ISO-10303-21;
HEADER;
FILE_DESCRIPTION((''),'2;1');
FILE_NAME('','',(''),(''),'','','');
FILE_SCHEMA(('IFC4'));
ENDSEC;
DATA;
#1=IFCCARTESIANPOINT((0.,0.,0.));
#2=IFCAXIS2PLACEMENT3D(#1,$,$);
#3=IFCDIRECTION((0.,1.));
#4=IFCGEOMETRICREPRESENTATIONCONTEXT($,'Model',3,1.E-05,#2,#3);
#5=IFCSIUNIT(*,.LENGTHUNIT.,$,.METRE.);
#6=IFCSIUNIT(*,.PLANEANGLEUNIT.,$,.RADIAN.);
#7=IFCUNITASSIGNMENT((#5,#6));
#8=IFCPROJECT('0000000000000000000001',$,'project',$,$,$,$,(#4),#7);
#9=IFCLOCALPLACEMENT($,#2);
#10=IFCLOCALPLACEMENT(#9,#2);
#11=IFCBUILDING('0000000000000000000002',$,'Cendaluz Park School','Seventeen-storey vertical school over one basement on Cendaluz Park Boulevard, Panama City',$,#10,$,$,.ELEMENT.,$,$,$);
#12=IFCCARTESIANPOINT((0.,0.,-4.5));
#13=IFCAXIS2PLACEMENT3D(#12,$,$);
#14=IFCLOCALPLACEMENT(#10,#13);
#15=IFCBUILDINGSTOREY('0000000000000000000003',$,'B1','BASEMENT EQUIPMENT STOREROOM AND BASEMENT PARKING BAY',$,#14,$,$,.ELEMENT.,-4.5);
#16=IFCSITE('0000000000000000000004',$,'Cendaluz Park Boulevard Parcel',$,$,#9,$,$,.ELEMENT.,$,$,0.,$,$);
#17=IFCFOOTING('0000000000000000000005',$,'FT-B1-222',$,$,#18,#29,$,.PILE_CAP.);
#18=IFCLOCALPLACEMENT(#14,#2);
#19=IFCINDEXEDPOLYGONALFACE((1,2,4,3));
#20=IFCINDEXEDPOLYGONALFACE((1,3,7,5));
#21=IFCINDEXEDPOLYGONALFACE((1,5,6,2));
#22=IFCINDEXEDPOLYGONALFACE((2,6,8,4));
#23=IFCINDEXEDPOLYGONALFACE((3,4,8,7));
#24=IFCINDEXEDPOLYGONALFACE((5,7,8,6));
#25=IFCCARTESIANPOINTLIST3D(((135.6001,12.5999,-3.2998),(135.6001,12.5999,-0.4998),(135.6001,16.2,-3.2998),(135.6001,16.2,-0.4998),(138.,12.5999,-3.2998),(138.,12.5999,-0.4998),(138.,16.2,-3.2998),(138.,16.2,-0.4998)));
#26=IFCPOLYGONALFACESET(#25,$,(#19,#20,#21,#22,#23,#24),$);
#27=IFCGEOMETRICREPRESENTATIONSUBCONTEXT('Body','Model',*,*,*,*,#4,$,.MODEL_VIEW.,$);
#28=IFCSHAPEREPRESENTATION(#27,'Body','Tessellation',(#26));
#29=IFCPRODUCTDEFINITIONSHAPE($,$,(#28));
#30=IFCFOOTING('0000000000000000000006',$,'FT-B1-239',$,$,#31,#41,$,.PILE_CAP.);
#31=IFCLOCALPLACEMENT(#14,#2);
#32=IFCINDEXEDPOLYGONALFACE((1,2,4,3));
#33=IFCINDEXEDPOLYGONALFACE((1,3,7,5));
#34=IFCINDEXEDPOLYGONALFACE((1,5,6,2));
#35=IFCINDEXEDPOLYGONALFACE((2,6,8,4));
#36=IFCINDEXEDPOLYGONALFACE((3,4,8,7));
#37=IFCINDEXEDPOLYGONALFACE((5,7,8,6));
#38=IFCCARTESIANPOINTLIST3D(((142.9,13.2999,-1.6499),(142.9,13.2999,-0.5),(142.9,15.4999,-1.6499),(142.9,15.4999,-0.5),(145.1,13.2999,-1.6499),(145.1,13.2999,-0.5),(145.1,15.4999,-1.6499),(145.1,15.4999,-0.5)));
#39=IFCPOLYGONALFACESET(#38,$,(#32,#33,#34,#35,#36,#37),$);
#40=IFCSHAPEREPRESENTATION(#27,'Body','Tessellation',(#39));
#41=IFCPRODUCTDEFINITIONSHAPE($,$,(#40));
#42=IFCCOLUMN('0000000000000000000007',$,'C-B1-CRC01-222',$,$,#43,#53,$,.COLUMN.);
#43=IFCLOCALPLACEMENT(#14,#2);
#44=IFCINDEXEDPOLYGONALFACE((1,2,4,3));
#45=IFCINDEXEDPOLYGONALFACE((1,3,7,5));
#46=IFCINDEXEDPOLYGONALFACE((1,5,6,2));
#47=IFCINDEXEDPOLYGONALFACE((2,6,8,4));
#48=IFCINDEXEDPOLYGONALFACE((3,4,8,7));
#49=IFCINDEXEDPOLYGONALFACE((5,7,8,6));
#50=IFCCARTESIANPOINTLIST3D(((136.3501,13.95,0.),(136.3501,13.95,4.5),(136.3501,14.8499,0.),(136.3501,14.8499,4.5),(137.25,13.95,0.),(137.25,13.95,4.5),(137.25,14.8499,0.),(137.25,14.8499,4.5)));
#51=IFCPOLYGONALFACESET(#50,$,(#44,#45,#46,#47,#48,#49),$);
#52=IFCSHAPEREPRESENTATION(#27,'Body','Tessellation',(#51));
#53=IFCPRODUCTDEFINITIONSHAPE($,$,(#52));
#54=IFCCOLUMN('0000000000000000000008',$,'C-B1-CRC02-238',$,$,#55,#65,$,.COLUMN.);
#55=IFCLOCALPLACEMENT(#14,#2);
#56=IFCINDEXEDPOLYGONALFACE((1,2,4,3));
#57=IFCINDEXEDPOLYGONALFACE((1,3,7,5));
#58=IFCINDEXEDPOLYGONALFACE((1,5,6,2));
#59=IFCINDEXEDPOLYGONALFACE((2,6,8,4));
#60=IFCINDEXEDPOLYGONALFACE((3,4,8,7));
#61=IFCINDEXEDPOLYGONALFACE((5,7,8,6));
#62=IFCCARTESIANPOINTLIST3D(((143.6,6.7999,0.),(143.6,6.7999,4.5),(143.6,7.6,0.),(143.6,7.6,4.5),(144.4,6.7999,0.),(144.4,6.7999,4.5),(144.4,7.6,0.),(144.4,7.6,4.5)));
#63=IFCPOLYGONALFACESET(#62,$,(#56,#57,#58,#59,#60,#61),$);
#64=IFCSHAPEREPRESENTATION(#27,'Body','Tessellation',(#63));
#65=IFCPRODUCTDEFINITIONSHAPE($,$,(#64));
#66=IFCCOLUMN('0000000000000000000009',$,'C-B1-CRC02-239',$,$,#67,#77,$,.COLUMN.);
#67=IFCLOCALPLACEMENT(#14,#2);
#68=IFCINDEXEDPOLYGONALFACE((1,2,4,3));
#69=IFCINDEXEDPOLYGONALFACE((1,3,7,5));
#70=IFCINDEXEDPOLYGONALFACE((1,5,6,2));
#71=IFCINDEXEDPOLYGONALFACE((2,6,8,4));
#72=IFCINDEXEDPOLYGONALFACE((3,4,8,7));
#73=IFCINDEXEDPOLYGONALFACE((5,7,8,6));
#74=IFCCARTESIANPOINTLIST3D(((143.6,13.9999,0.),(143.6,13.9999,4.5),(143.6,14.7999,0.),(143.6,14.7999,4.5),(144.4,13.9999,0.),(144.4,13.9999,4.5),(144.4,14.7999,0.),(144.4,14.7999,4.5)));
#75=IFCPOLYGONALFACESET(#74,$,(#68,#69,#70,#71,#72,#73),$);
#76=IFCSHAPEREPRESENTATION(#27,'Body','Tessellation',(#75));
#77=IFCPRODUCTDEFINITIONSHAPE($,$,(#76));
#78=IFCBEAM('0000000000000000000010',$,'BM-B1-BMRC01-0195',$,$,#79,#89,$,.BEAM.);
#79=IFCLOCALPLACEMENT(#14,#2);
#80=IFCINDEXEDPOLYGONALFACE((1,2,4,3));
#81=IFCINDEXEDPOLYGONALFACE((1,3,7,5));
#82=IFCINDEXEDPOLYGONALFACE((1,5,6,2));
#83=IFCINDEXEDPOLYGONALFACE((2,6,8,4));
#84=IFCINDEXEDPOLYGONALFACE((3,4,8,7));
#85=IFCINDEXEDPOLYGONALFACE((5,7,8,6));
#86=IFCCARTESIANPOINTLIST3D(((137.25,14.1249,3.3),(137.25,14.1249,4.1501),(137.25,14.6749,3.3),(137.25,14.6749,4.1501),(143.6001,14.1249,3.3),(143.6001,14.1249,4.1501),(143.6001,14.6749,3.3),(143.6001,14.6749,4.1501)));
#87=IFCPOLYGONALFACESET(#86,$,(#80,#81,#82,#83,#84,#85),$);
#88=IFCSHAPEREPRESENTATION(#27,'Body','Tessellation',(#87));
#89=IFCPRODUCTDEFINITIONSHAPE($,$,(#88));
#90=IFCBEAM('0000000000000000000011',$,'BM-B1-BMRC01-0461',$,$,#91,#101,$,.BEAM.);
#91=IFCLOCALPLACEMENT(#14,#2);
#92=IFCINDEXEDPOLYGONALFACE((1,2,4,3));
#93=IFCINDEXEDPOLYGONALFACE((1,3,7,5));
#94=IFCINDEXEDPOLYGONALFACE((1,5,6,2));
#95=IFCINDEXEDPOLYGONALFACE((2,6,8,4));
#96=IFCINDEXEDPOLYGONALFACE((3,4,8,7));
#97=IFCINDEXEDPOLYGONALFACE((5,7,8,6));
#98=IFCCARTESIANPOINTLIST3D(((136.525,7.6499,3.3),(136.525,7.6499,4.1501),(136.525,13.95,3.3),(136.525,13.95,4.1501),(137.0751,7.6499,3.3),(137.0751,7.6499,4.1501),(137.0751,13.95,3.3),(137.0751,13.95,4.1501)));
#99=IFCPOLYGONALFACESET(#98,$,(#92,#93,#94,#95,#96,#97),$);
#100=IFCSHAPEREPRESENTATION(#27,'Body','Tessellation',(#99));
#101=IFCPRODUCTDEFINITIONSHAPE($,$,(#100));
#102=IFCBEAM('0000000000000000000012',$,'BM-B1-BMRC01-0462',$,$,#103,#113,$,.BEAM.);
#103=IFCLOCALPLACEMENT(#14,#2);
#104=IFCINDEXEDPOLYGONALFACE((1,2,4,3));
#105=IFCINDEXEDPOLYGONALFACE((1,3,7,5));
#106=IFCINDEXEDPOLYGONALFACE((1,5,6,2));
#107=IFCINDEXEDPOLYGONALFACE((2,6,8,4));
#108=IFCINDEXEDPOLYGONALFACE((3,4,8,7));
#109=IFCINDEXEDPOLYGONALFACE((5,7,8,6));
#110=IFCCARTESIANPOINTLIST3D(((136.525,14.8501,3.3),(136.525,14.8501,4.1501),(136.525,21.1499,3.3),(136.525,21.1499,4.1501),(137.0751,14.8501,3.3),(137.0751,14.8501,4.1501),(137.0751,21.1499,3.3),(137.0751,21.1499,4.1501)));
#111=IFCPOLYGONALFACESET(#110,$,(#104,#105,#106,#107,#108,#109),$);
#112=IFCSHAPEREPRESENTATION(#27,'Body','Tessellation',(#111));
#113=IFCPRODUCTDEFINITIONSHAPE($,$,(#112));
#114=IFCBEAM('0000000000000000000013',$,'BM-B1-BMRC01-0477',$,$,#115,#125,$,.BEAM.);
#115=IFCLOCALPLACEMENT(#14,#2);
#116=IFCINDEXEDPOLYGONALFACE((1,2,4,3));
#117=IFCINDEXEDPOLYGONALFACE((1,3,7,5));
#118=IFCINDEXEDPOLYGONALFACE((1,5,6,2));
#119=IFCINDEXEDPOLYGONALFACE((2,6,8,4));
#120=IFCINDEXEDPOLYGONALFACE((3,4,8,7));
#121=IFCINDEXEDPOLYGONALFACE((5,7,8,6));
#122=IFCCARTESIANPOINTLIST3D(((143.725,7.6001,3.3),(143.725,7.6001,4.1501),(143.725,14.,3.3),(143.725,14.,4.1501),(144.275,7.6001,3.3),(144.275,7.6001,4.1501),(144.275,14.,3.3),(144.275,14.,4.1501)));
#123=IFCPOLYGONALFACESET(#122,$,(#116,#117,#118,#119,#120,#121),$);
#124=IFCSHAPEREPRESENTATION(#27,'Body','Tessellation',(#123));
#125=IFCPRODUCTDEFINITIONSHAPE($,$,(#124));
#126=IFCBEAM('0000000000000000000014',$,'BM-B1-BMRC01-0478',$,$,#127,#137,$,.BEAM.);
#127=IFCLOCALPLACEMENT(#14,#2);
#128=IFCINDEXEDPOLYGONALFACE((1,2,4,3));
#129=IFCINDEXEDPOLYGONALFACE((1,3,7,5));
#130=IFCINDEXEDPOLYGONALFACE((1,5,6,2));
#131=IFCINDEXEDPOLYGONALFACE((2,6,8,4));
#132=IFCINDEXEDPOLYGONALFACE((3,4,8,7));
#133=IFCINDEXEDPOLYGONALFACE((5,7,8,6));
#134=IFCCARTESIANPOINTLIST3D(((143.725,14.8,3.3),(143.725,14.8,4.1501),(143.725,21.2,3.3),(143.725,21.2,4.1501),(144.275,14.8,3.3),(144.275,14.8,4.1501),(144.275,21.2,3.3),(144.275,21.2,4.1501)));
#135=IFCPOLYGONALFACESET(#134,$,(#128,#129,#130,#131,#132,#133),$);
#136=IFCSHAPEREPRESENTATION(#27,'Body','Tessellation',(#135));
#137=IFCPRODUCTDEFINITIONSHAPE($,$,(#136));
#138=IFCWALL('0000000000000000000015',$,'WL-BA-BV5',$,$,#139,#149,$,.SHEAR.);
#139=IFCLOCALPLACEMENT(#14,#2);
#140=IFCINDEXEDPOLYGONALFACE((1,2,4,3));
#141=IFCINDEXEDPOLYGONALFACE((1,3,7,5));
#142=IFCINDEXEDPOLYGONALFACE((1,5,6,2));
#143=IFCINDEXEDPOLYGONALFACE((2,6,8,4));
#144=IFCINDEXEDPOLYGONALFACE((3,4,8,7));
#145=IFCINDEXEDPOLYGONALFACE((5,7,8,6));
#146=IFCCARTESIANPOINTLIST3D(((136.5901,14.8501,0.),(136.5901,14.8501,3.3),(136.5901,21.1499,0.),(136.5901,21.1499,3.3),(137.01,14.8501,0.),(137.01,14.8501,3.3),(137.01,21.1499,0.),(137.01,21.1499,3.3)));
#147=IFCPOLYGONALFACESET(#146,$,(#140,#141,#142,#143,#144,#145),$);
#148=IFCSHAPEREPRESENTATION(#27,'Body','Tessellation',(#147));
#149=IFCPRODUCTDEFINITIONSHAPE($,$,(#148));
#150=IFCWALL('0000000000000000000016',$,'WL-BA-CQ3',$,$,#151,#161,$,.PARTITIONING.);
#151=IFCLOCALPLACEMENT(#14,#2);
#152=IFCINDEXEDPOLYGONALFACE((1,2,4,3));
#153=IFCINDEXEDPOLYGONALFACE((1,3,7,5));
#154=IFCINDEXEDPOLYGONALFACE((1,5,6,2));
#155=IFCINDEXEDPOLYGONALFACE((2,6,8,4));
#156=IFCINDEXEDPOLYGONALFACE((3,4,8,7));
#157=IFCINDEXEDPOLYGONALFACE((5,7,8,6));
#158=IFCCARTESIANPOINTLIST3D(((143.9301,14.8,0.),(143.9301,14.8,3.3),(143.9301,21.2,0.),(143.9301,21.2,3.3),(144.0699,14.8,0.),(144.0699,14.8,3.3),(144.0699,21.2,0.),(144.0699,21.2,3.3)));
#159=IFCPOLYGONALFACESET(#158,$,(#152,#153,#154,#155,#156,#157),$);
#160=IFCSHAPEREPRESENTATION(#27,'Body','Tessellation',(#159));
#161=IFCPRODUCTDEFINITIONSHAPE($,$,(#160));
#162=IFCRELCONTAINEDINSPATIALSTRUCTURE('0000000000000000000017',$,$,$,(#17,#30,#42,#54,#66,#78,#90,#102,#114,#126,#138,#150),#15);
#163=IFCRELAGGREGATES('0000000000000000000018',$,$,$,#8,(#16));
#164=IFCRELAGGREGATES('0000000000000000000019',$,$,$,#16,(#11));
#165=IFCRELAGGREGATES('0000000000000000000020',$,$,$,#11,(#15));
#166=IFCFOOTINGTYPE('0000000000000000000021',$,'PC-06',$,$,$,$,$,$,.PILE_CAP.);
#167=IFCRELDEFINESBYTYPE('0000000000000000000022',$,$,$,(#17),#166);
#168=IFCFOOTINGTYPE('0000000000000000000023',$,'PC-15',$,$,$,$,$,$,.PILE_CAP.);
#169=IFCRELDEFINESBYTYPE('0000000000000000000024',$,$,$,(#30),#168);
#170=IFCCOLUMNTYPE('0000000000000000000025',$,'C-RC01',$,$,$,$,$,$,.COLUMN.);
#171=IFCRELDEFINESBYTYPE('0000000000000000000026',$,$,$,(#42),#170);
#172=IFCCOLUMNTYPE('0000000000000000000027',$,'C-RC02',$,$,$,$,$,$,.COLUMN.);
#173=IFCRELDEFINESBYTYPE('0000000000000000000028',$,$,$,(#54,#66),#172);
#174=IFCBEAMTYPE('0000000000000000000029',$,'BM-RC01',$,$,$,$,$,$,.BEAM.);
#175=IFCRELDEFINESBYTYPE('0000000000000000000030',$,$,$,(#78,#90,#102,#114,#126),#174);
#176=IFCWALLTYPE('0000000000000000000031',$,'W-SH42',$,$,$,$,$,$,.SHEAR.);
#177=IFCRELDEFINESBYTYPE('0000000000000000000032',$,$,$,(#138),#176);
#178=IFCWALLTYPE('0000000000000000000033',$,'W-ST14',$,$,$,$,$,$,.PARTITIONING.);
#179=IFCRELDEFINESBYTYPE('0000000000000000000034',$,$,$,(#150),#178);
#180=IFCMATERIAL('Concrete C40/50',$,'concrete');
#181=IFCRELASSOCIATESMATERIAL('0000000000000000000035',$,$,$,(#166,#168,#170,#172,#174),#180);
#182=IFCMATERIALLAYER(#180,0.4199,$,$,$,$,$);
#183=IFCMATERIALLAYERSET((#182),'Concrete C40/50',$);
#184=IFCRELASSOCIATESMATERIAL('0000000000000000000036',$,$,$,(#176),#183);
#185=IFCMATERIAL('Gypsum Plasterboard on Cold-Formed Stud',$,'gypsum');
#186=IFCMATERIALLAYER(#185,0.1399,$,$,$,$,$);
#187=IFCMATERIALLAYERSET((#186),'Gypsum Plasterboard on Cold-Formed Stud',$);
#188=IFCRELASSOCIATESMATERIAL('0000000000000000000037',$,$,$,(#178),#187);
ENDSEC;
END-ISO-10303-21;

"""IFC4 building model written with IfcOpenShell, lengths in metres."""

from ifc_helpers import new_model, si_unit, direction, frame, frame_2d, origin, origin_2d, place, context, subcontext, project, spatial, rectangle, extrude, material, layer, layer_set, material_profile, profile_set, type_object, element, save


model = new_model("IFC4")

# Units and contexts
model_context = context("Model", 3, precision=1e-05, world=origin(), true_north=direction((0.0, 1.0)))
body_context = subcontext(model_context, "Body", "Model", "MODEL_VIEW")
ifc_project = project(units=[si_unit("LENGTHUNIT", "METRE"), si_unit("PLANEANGLEUNIT", "RADIAN")], contexts=[model_context])

# Site, building, storey
site_placement = place(None, origin())
site = spatial("IfcSite", under=ifc_project, at=site_placement, Name="Cendaluz Park Boulevard Parcel", CompositionType="ELEMENT", RefElevation=0.0)
building_placement = place(site_placement, origin())
building = spatial("IfcBuilding", under=site, at=building_placement, Name="Cendaluz Park School", Description="Seventeen-storey vertical school over one basement on Cendaluz Park Boulevard, Panama City", CompositionType="ELEMENT")
storey_placement = place(building_placement, frame((0.0, 0.0, -4.5)))
storey = spatial("IfcBuildingStorey", under=building, at=storey_placement, Name="B1", Description="BASEMENT EQUIPMENT STOREROOM AND BASEMENT PARKING BAY", CompositionType="ELEMENT", Elevation=-4.5)

# Shared definitions
ifc_material_1 = material(Name="Concrete C40/50", Category="concrete")

# Footings
footing_type_1 = type_object("IfcFootingType", Name="PC-06", PredefinedType="PILE_CAP", material=ifc_material_1)
footing_1_placement = place(storey_placement, frame((136.8, 14.3999, -3.2998), z_axis=(0.0, 0.0, 1.0), x_axis=(1.0, 0.0, 0.0)))
element("IfcFooting", 1, at=footing_1_placement, inside=storey, type_object=footing_type_1, Name="FT-B1-222", PredefinedType="PILE_CAP", context=body_context, shape_type="SweptSolid", body=[
    extrude(rectangle(XDim=2.3999, YDim=3.6001, at=origin_2d()), origin(), (0.0, 0.0, 1.0), 2.8),
])
footing_type_2 = type_object("IfcFootingType", Name="PC-15", PredefinedType="PILE_CAP", material=ifc_material_1)
footing_2_placement = place(storey_placement, frame((144.0, 14.3999, -1.6499), z_axis=(0.0, 0.0, 1.0), x_axis=(1.0, 0.0, 0.0)))
element("IfcFooting", 2, at=footing_2_placement, inside=storey, type_object=footing_type_2, Name="FT-B1-239", PredefinedType="PILE_CAP", context=body_context, shape_type="SweptSolid", body=[
    extrude(rectangle(XDim=2.2, YDim=2.2, at=origin_2d()), origin(), (0.0, 0.0, 1.0), 1.1499),
])

# Columns
ifc_material_profile_1 = material_profile(ifc_material_1, rectangle(XDim=0.8999, YDim=0.8999, at=origin_2d()), Name="RC 900x900", Category="concrete")
ifc_profile_set_1 = profile_set([ifc_material_profile_1], Name="Concrete C40/50")
column_type_1 = type_object("IfcColumnType", Name="C-RC01", PredefinedType="COLUMN", material=ifc_profile_set_1)
column_placement = place(storey_placement, frame((136.8, 14.3999, 0.0), z_axis=(0.0, 0.0, 1.0), x_axis=(1.0, 0.0, 0.0)))
element("IfcColumn", 3, at=column_placement, inside=storey, type_object=column_type_1, Name="C-B1-CRC01-222", PredefinedType="COLUMN", context=body_context, shape_type="SweptSolid", body=[
    extrude(rectangle(XDim=0.8999, YDim=0.8999, at=origin_2d()), origin(), (0.0, 0.0, 1.0), 4.5),
])
ifc_material_profile_2 = material_profile(ifc_material_1, rectangle(XDim=0.8, YDim=0.8, at=origin_2d()), Name="RC 800x800", Category="concrete")
ifc_profile_set_2 = profile_set([ifc_material_profile_2], Name="Concrete C40/50")
column_type_2 = type_object("IfcColumnType", Name="C-RC02", PredefinedType="COLUMN", material=ifc_profile_set_2)
for number, where, z_axis, x_axis, name in (
    (4, (144.0, 7.2, 0.0), (0.0, 0.0, 1.0), (1.0, 0.0, 0.0), "C-B1-CRC02-238"),
    (5, (144.0, 14.3999, 0.0), (0.0, 0.0, 1.0), (1.0, 0.0, 0.0), "C-B1-CRC02-239"),
):
    element("IfcColumn", number, at=place(storey_placement, frame(where, z_axis=z_axis, x_axis=x_axis)), inside=storey, type_object=column_type_2, Name=name, PredefinedType="COLUMN", context=body_context, shape_type="SweptSolid", body=[
        extrude(rectangle(XDim=0.8, YDim=0.8, at=origin_2d()), origin(), (0.0, 0.0, 1.0), 4.5),
    ])

# Beams
ifc_material_profile_3 = material_profile(ifc_material_1, rectangle(XDim=0.55, YDim=0.8501, at=origin_2d()), Name="RC 550x850", Category="concrete")
ifc_profile_set_3 = profile_set([ifc_material_profile_3], Name="Concrete C40/50")
beam_type = type_object("IfcBeamType", Name="BM-RC01", PredefinedType="BEAM", material=ifc_profile_set_3)
beam_1_placement = place(storey_placement, frame((137.25, 14.3999, 3.7251), z_axis=(1.0, 0.0, 0.0), x_axis=(0.0, 1.0, 0.0)))
element("IfcBeam", 6, at=beam_1_placement, inside=storey, type_object=beam_type, Name="BM-B1-BMRC01-0195", PredefinedType="BEAM", context=body_context, shape_type="SweptSolid", body=[
    extrude(rectangle(XDim=0.55, YDim=0.8501, at=origin_2d()), origin(), (0.0, 0.0, 1.0), 6.3501),
])
beam_2_placement = place(storey_placement, frame((136.8, 7.6499, 3.7251), z_axis=(0.0, 1.0, 0.0), x_axis=(-1.0, 0.0, 0.0)))
element("IfcBeam", 7, at=beam_2_placement, inside=storey, type_object=beam_type, Name="BM-B1-BMRC01-0461", PredefinedType="BEAM", context=body_context, shape_type="SweptSolid", body=[
    extrude(rectangle(XDim=0.55, YDim=0.8501, at=origin_2d()), origin(), (0.0, 0.0, 1.0), 6.3),
])
beam_3_placement = place(storey_placement, frame((136.8, 14.8501, 3.7251), z_axis=(0.0, 1.0, 0.0), x_axis=(-1.0, 0.0, 0.0)))
element("IfcBeam", 8, at=beam_3_placement, inside=storey, type_object=beam_type, Name="BM-B1-BMRC01-0462", PredefinedType="BEAM", context=body_context, shape_type="SweptSolid", body=[
    extrude(rectangle(XDim=0.55, YDim=0.8501, at=origin_2d()), origin(), (0.0, 0.0, 1.0), 6.2998),
])
for number, where, z_axis, x_axis, name in (
    (9, (144.0, 7.6001, 3.7251), (0.0, 1.0, 0.0), (-1.0, 0.0, 0.0), "BM-B1-BMRC01-0477"),
    (10, (144.0, 14.8, 3.7251), (0.0, 1.0, 0.0), (-1.0, 0.0, 0.0), "BM-B1-BMRC01-0478"),
):
    element("IfcBeam", number, at=place(storey_placement, frame(where, z_axis=z_axis, x_axis=x_axis)), inside=storey, type_object=beam_type, Name=name, PredefinedType="BEAM", context=body_context, shape_type="SweptSolid", body=[
        extrude(rectangle(XDim=0.55, YDim=0.8501, at=origin_2d()), origin(), (0.0, 0.0, 1.0), 6.3999),
    ])

# Walls
ifc_layer_1 = layer(ifc_material_1, 0.4199)
ifc_layer_set_1 = layer_set([ifc_layer_1], Name="Concrete C40/50")
wall_type_1 = type_object("IfcWallType", Name="W-SH42", PredefinedType="SHEAR", material=ifc_layer_set_1)
wall_1_placement = place(storey_placement, frame((136.8, 14.8501, 0.0), z_axis=(0.0, 0.0, 1.0), x_axis=(0.0, 1.0, 0.0)))
element("IfcWall", 11, at=wall_1_placement, inside=storey, type_object=wall_type_1, Name="WL-BA-BV5", PredefinedType="SHEAR", context=body_context, shape_type="SweptSolid", body=[
    extrude(rectangle(XDim=6.2998, YDim=0.4199, at=frame_2d((3.1499, 0.0))), origin(), (0.0, 0.0, 1.0), 3.3),
])
ifc_material_2 = material(Name="Gypsum Plasterboard on Cold-Formed Stud", Category="gypsum")
ifc_layer_2 = layer(ifc_material_2, 0.1399)
ifc_layer_set_2 = layer_set([ifc_layer_2], Name="Gypsum Plasterboard on Cold-Formed Stud")
wall_type_2 = type_object("IfcWallType", Name="W-ST14", PredefinedType="PARTITIONING", material=ifc_layer_set_2)
wall_2_placement = place(storey_placement, frame((144.0, 14.8, 0.0), z_axis=(0.0, 0.0, 1.0), x_axis=(0.0, 1.0, 0.0)))
element("IfcWall", 12, at=wall_2_placement, inside=storey, type_object=wall_type_2, Name="WL-BA-CQ3", PredefinedType="PARTITIONING", context=body_context, shape_type="SweptSolid", body=[
    extrude(rectangle(XDim=6.3999, YDim=0.1399, at=frame_2d((3.2, 0.0))), origin(), (0.0, 0.0, 1.0), 3.3),
])

save(model, "model.ifc")
